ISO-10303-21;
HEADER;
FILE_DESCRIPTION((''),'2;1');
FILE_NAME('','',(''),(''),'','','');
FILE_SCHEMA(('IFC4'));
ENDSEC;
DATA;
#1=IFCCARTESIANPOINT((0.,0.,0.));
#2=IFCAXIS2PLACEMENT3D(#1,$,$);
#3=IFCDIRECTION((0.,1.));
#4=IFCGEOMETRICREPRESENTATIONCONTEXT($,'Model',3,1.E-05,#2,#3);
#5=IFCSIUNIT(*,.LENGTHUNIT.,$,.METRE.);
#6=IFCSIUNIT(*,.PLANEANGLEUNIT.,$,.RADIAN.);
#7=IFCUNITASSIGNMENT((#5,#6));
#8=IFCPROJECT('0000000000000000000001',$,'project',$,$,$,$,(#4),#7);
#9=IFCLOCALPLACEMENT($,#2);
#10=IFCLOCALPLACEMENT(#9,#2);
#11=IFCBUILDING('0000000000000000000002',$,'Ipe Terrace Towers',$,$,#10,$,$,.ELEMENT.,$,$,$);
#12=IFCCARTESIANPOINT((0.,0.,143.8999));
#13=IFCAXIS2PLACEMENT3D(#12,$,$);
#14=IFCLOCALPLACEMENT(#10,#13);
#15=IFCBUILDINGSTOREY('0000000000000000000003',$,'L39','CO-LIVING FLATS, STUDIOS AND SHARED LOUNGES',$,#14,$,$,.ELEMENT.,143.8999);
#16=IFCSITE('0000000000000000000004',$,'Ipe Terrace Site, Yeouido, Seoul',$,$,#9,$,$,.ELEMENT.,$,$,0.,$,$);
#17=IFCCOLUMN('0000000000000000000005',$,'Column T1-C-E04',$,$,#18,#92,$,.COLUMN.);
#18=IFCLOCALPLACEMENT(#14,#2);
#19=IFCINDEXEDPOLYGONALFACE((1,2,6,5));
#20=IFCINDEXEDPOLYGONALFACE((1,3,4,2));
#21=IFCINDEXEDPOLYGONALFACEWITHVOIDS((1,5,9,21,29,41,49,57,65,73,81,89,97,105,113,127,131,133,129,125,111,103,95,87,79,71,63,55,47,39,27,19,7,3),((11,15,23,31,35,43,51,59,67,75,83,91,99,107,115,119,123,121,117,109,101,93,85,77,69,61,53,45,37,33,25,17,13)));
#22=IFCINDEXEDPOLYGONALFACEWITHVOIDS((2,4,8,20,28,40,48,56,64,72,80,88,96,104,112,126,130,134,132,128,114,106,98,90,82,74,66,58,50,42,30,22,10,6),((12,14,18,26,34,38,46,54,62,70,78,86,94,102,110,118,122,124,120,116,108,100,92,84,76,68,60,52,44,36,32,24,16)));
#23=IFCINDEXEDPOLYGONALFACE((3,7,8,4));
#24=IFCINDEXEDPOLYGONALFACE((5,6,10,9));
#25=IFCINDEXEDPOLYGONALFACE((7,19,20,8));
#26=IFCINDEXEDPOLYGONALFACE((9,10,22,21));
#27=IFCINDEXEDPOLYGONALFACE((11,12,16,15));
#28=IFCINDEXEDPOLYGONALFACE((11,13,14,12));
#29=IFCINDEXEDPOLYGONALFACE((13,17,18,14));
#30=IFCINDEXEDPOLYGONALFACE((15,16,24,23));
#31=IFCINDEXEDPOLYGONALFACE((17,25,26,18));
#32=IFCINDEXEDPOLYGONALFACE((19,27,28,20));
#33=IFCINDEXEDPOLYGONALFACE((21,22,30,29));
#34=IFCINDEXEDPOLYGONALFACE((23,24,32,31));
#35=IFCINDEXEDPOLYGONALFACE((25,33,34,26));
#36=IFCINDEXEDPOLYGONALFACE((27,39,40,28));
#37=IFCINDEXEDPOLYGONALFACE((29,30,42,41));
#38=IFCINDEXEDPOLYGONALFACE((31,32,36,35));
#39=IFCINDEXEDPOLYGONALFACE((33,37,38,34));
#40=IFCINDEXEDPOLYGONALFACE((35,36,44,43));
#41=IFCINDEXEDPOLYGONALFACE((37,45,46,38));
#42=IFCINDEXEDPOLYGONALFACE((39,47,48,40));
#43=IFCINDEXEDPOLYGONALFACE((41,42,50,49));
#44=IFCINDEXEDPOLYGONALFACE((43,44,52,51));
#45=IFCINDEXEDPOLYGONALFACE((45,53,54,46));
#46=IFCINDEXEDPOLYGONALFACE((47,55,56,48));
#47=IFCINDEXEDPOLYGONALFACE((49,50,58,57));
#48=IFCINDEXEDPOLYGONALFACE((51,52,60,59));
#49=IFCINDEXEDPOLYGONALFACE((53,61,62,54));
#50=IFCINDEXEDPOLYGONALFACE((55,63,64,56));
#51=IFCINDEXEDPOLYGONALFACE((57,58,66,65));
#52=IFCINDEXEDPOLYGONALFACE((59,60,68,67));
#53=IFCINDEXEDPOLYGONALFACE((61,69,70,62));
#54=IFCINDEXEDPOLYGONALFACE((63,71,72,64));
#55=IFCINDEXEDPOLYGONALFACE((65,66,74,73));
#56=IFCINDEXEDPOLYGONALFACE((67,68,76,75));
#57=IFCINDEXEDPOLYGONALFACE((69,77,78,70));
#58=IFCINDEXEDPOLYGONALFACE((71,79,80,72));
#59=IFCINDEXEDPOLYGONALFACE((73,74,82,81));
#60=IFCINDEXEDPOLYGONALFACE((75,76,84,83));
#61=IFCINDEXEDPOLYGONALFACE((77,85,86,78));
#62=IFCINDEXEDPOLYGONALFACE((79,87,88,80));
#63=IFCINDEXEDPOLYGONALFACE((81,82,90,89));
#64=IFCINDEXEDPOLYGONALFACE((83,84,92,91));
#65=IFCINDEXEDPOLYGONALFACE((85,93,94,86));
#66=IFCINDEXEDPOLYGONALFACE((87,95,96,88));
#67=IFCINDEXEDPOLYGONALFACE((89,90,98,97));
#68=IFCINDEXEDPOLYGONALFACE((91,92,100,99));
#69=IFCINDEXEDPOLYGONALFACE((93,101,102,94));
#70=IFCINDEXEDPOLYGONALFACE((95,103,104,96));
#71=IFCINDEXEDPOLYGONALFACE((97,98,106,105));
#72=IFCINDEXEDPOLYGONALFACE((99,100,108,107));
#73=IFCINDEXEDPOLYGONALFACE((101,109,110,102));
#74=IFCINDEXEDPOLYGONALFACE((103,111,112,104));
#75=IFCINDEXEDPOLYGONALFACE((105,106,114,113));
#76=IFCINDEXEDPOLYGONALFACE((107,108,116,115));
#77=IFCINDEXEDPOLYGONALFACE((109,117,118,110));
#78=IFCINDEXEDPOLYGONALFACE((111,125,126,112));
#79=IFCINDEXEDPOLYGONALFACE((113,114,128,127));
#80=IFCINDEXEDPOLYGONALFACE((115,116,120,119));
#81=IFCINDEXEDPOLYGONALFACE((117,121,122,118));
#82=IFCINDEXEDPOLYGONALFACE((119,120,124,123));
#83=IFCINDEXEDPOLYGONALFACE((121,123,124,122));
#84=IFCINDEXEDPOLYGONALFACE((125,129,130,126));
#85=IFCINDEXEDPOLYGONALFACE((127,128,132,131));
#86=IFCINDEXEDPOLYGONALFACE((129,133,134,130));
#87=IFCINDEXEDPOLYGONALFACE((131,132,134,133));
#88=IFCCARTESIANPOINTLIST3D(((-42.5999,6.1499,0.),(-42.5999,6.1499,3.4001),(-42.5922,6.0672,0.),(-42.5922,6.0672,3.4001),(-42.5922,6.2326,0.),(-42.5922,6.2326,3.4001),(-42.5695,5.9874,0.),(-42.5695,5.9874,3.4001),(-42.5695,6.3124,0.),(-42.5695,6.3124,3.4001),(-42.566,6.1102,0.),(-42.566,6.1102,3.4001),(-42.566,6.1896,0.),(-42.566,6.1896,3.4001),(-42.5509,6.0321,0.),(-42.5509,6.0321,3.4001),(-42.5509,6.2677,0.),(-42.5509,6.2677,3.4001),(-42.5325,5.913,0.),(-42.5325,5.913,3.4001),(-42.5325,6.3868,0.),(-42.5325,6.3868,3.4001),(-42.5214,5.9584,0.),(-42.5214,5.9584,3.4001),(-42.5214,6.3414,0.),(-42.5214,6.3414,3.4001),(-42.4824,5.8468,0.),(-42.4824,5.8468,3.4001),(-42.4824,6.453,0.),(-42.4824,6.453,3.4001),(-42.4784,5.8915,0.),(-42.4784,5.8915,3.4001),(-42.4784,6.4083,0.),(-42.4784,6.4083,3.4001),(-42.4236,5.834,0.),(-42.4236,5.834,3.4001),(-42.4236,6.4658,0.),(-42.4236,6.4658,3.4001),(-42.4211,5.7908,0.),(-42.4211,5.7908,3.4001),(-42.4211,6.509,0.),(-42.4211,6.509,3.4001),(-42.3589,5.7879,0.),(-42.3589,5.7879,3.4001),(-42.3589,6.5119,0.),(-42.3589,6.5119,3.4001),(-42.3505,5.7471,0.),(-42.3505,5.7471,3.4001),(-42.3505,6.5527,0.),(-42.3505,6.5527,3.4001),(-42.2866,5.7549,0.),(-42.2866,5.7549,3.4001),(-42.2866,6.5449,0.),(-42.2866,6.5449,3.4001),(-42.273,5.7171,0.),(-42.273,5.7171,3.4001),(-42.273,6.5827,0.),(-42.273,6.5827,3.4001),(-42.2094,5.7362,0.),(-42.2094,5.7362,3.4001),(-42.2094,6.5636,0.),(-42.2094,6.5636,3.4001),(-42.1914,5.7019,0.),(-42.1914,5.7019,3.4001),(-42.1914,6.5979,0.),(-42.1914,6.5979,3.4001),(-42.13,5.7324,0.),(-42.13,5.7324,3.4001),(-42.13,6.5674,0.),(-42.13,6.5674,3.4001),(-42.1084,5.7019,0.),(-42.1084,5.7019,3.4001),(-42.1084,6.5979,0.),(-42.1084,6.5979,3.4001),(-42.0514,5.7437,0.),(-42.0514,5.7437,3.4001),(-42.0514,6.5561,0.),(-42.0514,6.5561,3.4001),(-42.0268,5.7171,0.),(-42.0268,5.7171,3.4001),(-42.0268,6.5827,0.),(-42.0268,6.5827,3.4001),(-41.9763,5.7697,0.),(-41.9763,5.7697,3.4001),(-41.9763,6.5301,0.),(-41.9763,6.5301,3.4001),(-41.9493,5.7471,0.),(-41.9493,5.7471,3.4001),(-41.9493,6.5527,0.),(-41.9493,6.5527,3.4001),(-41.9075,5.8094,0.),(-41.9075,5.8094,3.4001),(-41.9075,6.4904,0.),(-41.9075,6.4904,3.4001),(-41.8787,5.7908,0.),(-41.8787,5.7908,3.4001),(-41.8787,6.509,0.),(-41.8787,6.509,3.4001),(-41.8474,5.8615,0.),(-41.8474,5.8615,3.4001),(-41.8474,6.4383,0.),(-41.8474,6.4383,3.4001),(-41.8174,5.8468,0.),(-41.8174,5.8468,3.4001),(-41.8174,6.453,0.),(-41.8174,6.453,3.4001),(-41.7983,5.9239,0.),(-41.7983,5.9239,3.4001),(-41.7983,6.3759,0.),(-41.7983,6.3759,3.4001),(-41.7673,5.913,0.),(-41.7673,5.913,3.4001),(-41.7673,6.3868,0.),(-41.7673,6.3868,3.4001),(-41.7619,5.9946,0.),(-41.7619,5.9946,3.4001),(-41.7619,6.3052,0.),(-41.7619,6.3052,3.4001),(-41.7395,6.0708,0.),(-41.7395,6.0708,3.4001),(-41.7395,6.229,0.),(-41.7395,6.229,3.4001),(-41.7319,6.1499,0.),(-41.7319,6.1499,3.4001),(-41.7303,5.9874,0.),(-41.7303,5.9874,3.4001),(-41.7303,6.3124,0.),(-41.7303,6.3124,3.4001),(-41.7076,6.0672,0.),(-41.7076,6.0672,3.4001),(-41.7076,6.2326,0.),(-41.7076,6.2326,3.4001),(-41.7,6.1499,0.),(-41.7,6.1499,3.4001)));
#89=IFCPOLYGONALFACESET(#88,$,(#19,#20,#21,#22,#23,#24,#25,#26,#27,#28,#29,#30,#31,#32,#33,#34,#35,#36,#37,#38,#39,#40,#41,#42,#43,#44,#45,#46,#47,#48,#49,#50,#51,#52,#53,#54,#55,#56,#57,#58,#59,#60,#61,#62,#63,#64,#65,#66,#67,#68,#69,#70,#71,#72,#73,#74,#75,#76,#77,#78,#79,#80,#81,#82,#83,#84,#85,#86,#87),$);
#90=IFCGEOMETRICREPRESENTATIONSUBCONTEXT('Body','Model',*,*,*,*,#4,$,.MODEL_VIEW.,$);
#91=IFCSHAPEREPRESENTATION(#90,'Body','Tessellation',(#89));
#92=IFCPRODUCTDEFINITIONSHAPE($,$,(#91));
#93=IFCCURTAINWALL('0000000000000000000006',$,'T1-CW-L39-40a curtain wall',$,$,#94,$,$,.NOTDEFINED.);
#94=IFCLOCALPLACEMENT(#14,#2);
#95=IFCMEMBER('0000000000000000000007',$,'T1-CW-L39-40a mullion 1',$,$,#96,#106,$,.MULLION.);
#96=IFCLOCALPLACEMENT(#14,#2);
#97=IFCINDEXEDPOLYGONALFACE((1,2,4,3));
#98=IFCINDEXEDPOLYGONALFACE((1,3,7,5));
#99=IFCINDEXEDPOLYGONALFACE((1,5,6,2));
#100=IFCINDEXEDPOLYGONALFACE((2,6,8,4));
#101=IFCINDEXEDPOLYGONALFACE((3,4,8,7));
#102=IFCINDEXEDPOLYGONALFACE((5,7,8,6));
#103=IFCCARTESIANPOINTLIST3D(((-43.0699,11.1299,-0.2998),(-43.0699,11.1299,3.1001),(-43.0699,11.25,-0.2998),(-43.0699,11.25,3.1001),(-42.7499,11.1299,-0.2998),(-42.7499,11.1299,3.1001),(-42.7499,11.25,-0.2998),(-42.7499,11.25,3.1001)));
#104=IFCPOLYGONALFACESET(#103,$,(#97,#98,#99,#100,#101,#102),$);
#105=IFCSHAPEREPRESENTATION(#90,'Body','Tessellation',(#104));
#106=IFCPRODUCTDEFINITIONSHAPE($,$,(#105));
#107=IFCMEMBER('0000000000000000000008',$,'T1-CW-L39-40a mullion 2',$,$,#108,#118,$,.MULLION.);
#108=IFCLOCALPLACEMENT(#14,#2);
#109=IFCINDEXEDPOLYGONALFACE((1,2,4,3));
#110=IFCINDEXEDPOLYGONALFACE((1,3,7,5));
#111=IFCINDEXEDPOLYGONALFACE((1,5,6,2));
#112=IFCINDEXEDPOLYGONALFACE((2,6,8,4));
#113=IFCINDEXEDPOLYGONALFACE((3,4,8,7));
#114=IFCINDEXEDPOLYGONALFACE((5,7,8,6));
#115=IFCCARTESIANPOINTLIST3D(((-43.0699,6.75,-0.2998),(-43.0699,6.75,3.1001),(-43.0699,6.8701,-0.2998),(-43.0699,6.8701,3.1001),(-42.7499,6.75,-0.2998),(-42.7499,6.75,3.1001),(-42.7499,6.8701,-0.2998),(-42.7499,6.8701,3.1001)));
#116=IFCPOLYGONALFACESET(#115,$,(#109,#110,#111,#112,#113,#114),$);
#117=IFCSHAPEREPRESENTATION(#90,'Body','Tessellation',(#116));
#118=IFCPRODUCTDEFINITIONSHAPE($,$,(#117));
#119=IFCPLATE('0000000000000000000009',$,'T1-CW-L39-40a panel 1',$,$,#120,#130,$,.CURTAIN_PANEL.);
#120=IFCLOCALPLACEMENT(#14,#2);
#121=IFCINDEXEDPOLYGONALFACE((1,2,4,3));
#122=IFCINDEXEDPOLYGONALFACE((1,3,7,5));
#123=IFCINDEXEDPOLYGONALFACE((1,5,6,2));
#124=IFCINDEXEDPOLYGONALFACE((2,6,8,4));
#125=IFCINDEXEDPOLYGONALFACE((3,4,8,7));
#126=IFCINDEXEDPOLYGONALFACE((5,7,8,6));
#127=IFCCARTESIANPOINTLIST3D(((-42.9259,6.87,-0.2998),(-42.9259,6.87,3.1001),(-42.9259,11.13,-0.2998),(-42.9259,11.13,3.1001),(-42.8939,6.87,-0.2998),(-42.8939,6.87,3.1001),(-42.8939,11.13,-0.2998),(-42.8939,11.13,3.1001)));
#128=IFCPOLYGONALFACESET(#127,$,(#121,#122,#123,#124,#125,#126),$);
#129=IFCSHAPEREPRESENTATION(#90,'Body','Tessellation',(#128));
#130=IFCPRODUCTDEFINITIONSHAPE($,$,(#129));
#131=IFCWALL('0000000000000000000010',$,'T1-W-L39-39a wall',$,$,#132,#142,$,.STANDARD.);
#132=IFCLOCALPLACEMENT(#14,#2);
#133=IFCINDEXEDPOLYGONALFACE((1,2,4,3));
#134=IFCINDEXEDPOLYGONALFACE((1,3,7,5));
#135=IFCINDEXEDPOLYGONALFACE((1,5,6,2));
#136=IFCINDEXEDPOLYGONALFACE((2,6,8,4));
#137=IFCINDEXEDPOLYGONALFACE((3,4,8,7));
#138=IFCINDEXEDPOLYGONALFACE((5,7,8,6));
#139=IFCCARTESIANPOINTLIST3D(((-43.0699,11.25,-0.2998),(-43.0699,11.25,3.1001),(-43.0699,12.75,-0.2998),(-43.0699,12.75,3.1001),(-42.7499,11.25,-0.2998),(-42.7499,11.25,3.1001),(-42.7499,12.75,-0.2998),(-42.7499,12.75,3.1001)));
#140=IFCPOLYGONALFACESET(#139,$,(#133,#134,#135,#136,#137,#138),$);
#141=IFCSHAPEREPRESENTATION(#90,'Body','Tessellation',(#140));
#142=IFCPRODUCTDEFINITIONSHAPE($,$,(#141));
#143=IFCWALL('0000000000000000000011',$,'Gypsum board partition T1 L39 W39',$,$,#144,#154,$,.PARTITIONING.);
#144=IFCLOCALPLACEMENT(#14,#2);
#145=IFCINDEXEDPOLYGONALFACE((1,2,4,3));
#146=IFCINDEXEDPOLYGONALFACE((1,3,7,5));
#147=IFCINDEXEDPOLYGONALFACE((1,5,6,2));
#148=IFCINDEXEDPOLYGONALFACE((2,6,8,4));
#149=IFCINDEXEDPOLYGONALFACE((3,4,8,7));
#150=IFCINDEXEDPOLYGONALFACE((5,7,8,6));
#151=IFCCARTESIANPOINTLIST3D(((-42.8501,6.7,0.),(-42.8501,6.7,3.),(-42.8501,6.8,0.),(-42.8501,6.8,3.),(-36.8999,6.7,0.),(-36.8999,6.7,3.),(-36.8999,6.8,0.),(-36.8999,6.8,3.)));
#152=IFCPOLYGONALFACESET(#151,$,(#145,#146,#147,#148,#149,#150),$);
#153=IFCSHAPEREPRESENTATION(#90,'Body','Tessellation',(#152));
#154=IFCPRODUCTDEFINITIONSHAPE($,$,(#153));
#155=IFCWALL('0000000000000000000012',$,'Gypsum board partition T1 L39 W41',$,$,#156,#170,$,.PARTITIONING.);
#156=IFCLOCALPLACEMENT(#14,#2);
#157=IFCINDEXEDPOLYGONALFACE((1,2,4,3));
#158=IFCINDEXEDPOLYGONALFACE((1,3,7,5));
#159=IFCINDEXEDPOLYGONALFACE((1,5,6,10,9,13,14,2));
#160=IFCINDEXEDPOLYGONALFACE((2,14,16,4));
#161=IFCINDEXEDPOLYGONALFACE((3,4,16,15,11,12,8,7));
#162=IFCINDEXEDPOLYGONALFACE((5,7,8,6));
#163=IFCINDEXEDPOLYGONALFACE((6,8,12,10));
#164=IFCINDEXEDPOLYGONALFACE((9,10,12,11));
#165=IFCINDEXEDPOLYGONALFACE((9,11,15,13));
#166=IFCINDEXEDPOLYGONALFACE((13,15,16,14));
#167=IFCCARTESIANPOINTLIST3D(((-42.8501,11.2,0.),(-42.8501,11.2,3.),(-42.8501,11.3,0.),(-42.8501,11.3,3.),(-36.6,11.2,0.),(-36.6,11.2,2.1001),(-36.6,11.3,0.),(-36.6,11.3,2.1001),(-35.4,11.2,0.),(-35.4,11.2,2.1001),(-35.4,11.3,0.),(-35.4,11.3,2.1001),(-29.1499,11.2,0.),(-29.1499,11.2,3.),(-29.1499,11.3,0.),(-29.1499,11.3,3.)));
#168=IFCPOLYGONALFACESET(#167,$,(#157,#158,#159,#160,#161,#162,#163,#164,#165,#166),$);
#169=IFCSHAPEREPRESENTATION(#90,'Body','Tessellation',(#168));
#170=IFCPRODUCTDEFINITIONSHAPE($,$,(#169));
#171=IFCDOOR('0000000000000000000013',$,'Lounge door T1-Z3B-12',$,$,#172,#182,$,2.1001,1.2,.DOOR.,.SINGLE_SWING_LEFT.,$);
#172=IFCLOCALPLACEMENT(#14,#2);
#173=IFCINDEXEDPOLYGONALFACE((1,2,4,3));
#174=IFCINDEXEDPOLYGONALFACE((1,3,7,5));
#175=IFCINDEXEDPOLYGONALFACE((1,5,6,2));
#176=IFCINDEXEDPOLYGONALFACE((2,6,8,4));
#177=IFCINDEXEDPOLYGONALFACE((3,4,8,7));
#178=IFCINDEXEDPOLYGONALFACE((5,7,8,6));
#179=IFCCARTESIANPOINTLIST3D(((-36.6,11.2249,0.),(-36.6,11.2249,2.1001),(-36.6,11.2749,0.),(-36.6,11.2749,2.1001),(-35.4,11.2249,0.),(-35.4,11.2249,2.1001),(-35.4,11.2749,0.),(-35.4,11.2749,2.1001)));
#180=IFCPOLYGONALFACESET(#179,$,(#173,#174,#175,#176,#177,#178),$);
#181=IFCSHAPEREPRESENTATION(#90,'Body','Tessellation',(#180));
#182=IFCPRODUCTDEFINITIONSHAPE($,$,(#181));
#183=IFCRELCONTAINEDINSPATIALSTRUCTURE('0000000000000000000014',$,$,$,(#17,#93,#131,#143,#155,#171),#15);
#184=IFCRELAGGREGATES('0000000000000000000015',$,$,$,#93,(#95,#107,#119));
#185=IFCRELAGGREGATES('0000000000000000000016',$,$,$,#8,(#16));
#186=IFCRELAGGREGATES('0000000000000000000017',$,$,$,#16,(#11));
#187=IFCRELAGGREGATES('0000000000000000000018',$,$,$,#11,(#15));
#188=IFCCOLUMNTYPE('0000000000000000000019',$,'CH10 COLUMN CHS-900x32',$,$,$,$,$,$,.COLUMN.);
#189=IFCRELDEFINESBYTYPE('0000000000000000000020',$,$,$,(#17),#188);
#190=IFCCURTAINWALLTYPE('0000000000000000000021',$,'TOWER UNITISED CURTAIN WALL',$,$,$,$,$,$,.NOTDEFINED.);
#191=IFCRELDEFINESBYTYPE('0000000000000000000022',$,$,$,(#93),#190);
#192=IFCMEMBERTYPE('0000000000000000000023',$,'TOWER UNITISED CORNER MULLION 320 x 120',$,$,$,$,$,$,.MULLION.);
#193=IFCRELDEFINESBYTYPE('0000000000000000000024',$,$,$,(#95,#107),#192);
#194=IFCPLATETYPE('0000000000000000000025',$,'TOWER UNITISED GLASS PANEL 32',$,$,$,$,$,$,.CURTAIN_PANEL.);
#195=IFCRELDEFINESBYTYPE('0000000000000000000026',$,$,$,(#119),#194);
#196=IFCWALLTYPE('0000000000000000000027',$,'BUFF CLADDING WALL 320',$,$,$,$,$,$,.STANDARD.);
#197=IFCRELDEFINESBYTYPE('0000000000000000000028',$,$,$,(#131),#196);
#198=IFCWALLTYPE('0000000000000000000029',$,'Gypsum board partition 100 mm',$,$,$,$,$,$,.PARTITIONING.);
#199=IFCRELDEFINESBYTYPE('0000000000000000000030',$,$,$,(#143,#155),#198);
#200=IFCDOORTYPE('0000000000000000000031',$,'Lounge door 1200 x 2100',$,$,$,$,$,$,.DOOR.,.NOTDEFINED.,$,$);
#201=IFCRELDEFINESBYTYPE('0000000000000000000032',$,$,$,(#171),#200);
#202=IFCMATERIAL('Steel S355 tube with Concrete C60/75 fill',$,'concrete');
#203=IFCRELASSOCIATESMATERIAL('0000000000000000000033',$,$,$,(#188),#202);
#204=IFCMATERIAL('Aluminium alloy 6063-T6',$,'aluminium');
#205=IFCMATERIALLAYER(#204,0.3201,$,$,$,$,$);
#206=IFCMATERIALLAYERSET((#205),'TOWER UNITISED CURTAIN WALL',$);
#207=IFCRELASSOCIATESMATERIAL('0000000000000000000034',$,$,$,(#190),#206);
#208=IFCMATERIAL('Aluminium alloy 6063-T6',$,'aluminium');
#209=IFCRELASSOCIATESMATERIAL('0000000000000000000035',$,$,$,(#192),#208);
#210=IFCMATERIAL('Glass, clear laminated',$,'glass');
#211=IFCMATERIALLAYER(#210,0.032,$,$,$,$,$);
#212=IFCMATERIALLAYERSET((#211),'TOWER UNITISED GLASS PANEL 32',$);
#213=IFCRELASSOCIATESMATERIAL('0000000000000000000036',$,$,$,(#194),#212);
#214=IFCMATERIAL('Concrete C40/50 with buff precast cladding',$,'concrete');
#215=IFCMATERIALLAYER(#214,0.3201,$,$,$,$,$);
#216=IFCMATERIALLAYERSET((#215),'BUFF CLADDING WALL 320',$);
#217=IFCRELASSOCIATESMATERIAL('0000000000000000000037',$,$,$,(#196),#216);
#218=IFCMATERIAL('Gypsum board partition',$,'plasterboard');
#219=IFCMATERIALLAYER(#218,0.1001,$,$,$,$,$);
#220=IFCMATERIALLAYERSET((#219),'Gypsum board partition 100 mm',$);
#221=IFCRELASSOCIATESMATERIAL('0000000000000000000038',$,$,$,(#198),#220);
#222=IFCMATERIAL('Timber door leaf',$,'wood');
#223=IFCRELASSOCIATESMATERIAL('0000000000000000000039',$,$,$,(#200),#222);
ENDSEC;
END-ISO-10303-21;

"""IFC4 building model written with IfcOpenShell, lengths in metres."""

from ifc_helpers import new_model, si_unit, direction, frame, frame_2d, origin, origin_2d, place, context, subcontext, project, spatial, rectangle, hollow_circle, extrude, material, layer, layer_set, material_profile, profile_set, type_object, element, fill, aggregate, save


model = new_model("IFC4")

# Units and contexts
model_context = context("Model", 3, precision=1e-05, world=origin(), true_north=direction((0.0, 1.0)))
body_context = subcontext(model_context, "Body", "Model", "MODEL_VIEW")
ifc_project = project(units=[si_unit("LENGTHUNIT", "METRE"), si_unit("PLANEANGLEUNIT", "RADIAN")], contexts=[model_context])

# Site, building, storey
site_placement = place(None, origin())
site = spatial("IfcSite", under=ifc_project, at=site_placement, Name="Ipe Terrace Site, Yeouido, Seoul", CompositionType="ELEMENT", RefElevation=0.0)
building_placement = place(site_placement, origin())
building = spatial("IfcBuilding", under=site, at=building_placement, Name="Ipe Terrace Towers", CompositionType="ELEMENT")
storey_placement = place(building_placement, frame((0.0, 0.0, 143.8999)))
storey = spatial("IfcBuildingStorey", under=building, at=storey_placement, Name="L39", Description="CO-LIVING FLATS, STUDIOS AND SHARED LOUNGES", CompositionType="ELEMENT", Elevation=143.8999)

# Column
ifc_material_1 = material(Name="Steel S355 tube with Concrete C60/75 fill", Category="concrete")
ifc_material_profile_1 = material_profile(ifc_material_1, hollow_circle(Radius=0.45, WallThickness=0.032, at=origin_2d()), Name="CHS-900x32")
ifc_profile_set_1 = profile_set([ifc_material_profile_1], Name="Steel S355 tube with Concrete C60/75 fill")
column_type = type_object("IfcColumnType", Name="CH10 COLUMN CHS-900x32", PredefinedType="COLUMN", material=ifc_profile_set_1)
column_placement = place(storey_placement, frame((-42.1499, 6.1499, 0.0), z_axis=(0.0, 0.0, 1.0), x_axis=(1.0, 0.0, 0.0)))
element("IfcColumn", 1, at=column_placement, inside=storey, type_object=column_type, Name="Column T1-C-E04", PredefinedType="COLUMN", context=body_context, shape_type="SweptSolid", body=[
    extrude(hollow_circle(Radius=0.45, WallThickness=0.032, at=origin_2d()), origin(), (0.0, 0.0, 1.0), 3.4001),
])

# Curtain wall, members, plate
ifc_material_2 = material(Name="Aluminium alloy 6063-T6", Category="aluminium")
ifc_layer_1 = layer(ifc_material_2, 0.3201)
ifc_layer_set_1 = layer_set([ifc_layer_1], Name="TOWER UNITISED CURTAIN WALL")
curtain_wall_type = type_object("IfcCurtainWallType", Name="TOWER UNITISED CURTAIN WALL", PredefinedType="NOTDEFINED", material=ifc_layer_set_1)
curtain_wall_placement = place(storey_placement, origin())
curtain_wall = element("IfcCurtainWall", 2, at=curtain_wall_placement, inside=storey, type_object=curtain_wall_type, Name="T1-CW-L39-40a curtain wall", PredefinedType="NOTDEFINED")
ifc_material_3 = material(Name="Aluminium alloy 6063-T6", Category="aluminium")
ifc_material_profile_2 = material_profile(ifc_material_3, rectangle(XDim=0.3201, YDim=0.1201, at=origin_2d()), Name="TOWER UNITISED CORNER MULLION 320 x 120")
ifc_profile_set_2 = profile_set([ifc_material_profile_2], Name="Aluminium alloy 6063-T6")
member_type = type_object("IfcMemberType", Name="TOWER UNITISED CORNER MULLION 320 x 120", PredefinedType="MULLION", material=ifc_profile_set_2)
member_1_placement = place(storey_placement, frame((-42.9099, 11.1899, -0.2998), z_axis=(0.0, 0.0, 1.0), x_axis=(-1.0, 0.0, 0.0)))
member_1 = element("IfcMember", 3, at=member_1_placement, type_object=member_type, Name="T1-CW-L39-40a mullion 1", PredefinedType="MULLION", context=body_context, shape_type="SweptSolid", body=[
    extrude(rectangle(XDim=0.3201, YDim=0.1201, at=origin_2d()), origin(), (0.0, 0.0, 1.0), 3.3999),
])
member_2_placement = place(storey_placement, frame((-42.9099, 6.8101, -0.2998), z_axis=(0.0, 0.0, 1.0), x_axis=(-1.0, 0.0, 0.0)))
member_2 = element("IfcMember", 4, at=member_2_placement, type_object=member_type, Name="T1-CW-L39-40a mullion 2", PredefinedType="MULLION", context=body_context, shape_type="SweptSolid", body=[
    extrude(rectangle(XDim=0.3201, YDim=0.1201, at=origin_2d()), origin(), (0.0, 0.0, 1.0), 3.3999),
])
ifc_material_4 = material(Name="Glass, clear laminated", Category="glass")
ifc_layer_2 = layer(ifc_material_4, 0.032)
ifc_layer_set_2 = layer_set([ifc_layer_2], Name="TOWER UNITISED GLASS PANEL 32")
plate_type = type_object("IfcPlateType", Name="TOWER UNITISED GLASS PANEL 32", PredefinedType="CURTAIN_PANEL", material=ifc_layer_set_2)
plate_placement = place(storey_placement, frame((-42.9099, 9.0, -0.2998), z_axis=(0.0, 0.0, 1.0), x_axis=(0.0, -1.0, 0.0)))
plate = element("IfcPlate", 5, at=plate_placement, type_object=plate_type, Name="T1-CW-L39-40a panel 1", PredefinedType="CURTAIN_PANEL", context=body_context, shape_type="SweptSolid", body=[
    extrude(rectangle(XDim=4.26, YDim=0.032, at=origin_2d()), origin(), (0.0, 0.0, 1.0), 3.3999),
])
aggregate(curtain_wall, [member_1, member_2, plate])

# Walls
ifc_material_5 = material(Name="Concrete C40/50 with buff precast cladding", Category="concrete")
ifc_layer_3 = layer(ifc_material_5, 0.3201)
ifc_layer_set_3 = layer_set([ifc_layer_3], Name="BUFF CLADDING WALL 320")
wall_type_1 = type_object("IfcWallType", Name="BUFF CLADDING WALL 320", PredefinedType="STANDARD", material=ifc_layer_set_3)
wall_1_placement = place(storey_placement, frame((-42.9099, 12.75, -0.2998), z_axis=(0.0, 0.0, 1.0), x_axis=(0.0, -1.0, 0.0)))
element("IfcWall", 6, at=wall_1_placement, inside=storey, type_object=wall_type_1, Name="T1-W-L39-39a wall", PredefinedType="STANDARD", context=body_context, shape_type="SweptSolid", body=[
    extrude(rectangle(XDim=1.5, YDim=0.3201, at=frame_2d((0.75, 0.0))), origin(), (0.0, 0.0, 1.0), 3.3999),
])
ifc_material_6 = material(Name="Gypsum board partition", Category="plasterboard")
ifc_layer_4 = layer(ifc_material_6, 0.1001)
ifc_layer_set_4 = layer_set([ifc_layer_4], Name="Gypsum board partition 100 mm")
wall_type_2 = type_object("IfcWallType", Name="Gypsum board partition 100 mm", PredefinedType="PARTITIONING", material=ifc_layer_set_4)
wall_2_placement = place(storey_placement, frame((-42.8501, 6.75, 0.0), z_axis=(0.0, 0.0, 1.0), x_axis=(1.0, 0.0, 0.0)))
element("IfcWall", 7, at=wall_2_placement, inside=storey, type_object=wall_type_2, Name="Gypsum board partition T1 L39 W39", PredefinedType="PARTITIONING", context=body_context, shape_type="SweptSolid", body=[
    extrude(rectangle(XDim=5.9502, YDim=0.1001, at=frame_2d((2.9751, 0.0))), origin(), (0.0, 0.0, 1.0), 3.0),
])

# Wall, opening, door
wall_3_placement = place(storey_placement, frame((-42.8501, 11.25, 0.0), z_axis=(0.0, 0.0, 1.0), x_axis=(1.0, 0.0, 0.0)))
wall_3 = element("IfcWall", 8, at=wall_3_placement, inside=storey, type_object=wall_type_2, Name="Gypsum board partition T1 L39 W41", PredefinedType="PARTITIONING", context=body_context, shape_type="SweptSolid", body=[
    extrude(rectangle(XDim=13.7002, YDim=0.1001, at=frame_2d((6.8501, 0.0))), origin(), (0.0, 0.0, 1.0), 3.0),
])
opening_1_placement = place(wall_3_placement, frame((6.25, 0.0, 0.0)))
opening_1 = element("IfcOpeningElement", 9, at=opening_1_placement, cuts=wall_3, PredefinedType="OPENING", context=body_context, shape_type="SweptSolid", body=[
    extrude(rectangle(XDim=1.2, YDim=2.1001, at=frame_2d((0.6001, 1.05))), frame((0.0, 0.0601, 0.0), z_axis=(0.0, -1.0, 0.0), x_axis=(1.0, 0.0, 0.0)), (0.0, 0.0, 1.0), 0.1201),
])
ifc_material_7 = material(Name="Timber door leaf", Category="wood")
door_type_1 = type_object("IfcDoorType", Name="Lounge door 1200 x 2100", OperationType="NOTDEFINED", PredefinedType="DOOR", material=ifc_material_7)
door_1_placement = place(opening_1_placement, origin())
door_1 = element("IfcDoor", 10, at=door_1_placement, inside=storey, type_object=door_type_1, Name="Lounge door T1-Z3B-12", OperationType="SINGLE_SWING_LEFT", OverallHeight=2.1001, OverallWidth=1.2, PredefinedType="DOOR", context=body_context, shape_type="SweptSolid", body=[
    extrude(rectangle(XDim=1.2, YDim=2.1001, at=frame_2d((0.6001, 1.05))), frame((0.0, 0.0249, 0.0), z_axis=(0.0, -1.0, 0.0), x_axis=(1.0, 0.0, 0.0)), (0.0, 0.0, 1.0), 0.05),
])
fill(opening_1, door_1)

save(model, "model.ifc")
